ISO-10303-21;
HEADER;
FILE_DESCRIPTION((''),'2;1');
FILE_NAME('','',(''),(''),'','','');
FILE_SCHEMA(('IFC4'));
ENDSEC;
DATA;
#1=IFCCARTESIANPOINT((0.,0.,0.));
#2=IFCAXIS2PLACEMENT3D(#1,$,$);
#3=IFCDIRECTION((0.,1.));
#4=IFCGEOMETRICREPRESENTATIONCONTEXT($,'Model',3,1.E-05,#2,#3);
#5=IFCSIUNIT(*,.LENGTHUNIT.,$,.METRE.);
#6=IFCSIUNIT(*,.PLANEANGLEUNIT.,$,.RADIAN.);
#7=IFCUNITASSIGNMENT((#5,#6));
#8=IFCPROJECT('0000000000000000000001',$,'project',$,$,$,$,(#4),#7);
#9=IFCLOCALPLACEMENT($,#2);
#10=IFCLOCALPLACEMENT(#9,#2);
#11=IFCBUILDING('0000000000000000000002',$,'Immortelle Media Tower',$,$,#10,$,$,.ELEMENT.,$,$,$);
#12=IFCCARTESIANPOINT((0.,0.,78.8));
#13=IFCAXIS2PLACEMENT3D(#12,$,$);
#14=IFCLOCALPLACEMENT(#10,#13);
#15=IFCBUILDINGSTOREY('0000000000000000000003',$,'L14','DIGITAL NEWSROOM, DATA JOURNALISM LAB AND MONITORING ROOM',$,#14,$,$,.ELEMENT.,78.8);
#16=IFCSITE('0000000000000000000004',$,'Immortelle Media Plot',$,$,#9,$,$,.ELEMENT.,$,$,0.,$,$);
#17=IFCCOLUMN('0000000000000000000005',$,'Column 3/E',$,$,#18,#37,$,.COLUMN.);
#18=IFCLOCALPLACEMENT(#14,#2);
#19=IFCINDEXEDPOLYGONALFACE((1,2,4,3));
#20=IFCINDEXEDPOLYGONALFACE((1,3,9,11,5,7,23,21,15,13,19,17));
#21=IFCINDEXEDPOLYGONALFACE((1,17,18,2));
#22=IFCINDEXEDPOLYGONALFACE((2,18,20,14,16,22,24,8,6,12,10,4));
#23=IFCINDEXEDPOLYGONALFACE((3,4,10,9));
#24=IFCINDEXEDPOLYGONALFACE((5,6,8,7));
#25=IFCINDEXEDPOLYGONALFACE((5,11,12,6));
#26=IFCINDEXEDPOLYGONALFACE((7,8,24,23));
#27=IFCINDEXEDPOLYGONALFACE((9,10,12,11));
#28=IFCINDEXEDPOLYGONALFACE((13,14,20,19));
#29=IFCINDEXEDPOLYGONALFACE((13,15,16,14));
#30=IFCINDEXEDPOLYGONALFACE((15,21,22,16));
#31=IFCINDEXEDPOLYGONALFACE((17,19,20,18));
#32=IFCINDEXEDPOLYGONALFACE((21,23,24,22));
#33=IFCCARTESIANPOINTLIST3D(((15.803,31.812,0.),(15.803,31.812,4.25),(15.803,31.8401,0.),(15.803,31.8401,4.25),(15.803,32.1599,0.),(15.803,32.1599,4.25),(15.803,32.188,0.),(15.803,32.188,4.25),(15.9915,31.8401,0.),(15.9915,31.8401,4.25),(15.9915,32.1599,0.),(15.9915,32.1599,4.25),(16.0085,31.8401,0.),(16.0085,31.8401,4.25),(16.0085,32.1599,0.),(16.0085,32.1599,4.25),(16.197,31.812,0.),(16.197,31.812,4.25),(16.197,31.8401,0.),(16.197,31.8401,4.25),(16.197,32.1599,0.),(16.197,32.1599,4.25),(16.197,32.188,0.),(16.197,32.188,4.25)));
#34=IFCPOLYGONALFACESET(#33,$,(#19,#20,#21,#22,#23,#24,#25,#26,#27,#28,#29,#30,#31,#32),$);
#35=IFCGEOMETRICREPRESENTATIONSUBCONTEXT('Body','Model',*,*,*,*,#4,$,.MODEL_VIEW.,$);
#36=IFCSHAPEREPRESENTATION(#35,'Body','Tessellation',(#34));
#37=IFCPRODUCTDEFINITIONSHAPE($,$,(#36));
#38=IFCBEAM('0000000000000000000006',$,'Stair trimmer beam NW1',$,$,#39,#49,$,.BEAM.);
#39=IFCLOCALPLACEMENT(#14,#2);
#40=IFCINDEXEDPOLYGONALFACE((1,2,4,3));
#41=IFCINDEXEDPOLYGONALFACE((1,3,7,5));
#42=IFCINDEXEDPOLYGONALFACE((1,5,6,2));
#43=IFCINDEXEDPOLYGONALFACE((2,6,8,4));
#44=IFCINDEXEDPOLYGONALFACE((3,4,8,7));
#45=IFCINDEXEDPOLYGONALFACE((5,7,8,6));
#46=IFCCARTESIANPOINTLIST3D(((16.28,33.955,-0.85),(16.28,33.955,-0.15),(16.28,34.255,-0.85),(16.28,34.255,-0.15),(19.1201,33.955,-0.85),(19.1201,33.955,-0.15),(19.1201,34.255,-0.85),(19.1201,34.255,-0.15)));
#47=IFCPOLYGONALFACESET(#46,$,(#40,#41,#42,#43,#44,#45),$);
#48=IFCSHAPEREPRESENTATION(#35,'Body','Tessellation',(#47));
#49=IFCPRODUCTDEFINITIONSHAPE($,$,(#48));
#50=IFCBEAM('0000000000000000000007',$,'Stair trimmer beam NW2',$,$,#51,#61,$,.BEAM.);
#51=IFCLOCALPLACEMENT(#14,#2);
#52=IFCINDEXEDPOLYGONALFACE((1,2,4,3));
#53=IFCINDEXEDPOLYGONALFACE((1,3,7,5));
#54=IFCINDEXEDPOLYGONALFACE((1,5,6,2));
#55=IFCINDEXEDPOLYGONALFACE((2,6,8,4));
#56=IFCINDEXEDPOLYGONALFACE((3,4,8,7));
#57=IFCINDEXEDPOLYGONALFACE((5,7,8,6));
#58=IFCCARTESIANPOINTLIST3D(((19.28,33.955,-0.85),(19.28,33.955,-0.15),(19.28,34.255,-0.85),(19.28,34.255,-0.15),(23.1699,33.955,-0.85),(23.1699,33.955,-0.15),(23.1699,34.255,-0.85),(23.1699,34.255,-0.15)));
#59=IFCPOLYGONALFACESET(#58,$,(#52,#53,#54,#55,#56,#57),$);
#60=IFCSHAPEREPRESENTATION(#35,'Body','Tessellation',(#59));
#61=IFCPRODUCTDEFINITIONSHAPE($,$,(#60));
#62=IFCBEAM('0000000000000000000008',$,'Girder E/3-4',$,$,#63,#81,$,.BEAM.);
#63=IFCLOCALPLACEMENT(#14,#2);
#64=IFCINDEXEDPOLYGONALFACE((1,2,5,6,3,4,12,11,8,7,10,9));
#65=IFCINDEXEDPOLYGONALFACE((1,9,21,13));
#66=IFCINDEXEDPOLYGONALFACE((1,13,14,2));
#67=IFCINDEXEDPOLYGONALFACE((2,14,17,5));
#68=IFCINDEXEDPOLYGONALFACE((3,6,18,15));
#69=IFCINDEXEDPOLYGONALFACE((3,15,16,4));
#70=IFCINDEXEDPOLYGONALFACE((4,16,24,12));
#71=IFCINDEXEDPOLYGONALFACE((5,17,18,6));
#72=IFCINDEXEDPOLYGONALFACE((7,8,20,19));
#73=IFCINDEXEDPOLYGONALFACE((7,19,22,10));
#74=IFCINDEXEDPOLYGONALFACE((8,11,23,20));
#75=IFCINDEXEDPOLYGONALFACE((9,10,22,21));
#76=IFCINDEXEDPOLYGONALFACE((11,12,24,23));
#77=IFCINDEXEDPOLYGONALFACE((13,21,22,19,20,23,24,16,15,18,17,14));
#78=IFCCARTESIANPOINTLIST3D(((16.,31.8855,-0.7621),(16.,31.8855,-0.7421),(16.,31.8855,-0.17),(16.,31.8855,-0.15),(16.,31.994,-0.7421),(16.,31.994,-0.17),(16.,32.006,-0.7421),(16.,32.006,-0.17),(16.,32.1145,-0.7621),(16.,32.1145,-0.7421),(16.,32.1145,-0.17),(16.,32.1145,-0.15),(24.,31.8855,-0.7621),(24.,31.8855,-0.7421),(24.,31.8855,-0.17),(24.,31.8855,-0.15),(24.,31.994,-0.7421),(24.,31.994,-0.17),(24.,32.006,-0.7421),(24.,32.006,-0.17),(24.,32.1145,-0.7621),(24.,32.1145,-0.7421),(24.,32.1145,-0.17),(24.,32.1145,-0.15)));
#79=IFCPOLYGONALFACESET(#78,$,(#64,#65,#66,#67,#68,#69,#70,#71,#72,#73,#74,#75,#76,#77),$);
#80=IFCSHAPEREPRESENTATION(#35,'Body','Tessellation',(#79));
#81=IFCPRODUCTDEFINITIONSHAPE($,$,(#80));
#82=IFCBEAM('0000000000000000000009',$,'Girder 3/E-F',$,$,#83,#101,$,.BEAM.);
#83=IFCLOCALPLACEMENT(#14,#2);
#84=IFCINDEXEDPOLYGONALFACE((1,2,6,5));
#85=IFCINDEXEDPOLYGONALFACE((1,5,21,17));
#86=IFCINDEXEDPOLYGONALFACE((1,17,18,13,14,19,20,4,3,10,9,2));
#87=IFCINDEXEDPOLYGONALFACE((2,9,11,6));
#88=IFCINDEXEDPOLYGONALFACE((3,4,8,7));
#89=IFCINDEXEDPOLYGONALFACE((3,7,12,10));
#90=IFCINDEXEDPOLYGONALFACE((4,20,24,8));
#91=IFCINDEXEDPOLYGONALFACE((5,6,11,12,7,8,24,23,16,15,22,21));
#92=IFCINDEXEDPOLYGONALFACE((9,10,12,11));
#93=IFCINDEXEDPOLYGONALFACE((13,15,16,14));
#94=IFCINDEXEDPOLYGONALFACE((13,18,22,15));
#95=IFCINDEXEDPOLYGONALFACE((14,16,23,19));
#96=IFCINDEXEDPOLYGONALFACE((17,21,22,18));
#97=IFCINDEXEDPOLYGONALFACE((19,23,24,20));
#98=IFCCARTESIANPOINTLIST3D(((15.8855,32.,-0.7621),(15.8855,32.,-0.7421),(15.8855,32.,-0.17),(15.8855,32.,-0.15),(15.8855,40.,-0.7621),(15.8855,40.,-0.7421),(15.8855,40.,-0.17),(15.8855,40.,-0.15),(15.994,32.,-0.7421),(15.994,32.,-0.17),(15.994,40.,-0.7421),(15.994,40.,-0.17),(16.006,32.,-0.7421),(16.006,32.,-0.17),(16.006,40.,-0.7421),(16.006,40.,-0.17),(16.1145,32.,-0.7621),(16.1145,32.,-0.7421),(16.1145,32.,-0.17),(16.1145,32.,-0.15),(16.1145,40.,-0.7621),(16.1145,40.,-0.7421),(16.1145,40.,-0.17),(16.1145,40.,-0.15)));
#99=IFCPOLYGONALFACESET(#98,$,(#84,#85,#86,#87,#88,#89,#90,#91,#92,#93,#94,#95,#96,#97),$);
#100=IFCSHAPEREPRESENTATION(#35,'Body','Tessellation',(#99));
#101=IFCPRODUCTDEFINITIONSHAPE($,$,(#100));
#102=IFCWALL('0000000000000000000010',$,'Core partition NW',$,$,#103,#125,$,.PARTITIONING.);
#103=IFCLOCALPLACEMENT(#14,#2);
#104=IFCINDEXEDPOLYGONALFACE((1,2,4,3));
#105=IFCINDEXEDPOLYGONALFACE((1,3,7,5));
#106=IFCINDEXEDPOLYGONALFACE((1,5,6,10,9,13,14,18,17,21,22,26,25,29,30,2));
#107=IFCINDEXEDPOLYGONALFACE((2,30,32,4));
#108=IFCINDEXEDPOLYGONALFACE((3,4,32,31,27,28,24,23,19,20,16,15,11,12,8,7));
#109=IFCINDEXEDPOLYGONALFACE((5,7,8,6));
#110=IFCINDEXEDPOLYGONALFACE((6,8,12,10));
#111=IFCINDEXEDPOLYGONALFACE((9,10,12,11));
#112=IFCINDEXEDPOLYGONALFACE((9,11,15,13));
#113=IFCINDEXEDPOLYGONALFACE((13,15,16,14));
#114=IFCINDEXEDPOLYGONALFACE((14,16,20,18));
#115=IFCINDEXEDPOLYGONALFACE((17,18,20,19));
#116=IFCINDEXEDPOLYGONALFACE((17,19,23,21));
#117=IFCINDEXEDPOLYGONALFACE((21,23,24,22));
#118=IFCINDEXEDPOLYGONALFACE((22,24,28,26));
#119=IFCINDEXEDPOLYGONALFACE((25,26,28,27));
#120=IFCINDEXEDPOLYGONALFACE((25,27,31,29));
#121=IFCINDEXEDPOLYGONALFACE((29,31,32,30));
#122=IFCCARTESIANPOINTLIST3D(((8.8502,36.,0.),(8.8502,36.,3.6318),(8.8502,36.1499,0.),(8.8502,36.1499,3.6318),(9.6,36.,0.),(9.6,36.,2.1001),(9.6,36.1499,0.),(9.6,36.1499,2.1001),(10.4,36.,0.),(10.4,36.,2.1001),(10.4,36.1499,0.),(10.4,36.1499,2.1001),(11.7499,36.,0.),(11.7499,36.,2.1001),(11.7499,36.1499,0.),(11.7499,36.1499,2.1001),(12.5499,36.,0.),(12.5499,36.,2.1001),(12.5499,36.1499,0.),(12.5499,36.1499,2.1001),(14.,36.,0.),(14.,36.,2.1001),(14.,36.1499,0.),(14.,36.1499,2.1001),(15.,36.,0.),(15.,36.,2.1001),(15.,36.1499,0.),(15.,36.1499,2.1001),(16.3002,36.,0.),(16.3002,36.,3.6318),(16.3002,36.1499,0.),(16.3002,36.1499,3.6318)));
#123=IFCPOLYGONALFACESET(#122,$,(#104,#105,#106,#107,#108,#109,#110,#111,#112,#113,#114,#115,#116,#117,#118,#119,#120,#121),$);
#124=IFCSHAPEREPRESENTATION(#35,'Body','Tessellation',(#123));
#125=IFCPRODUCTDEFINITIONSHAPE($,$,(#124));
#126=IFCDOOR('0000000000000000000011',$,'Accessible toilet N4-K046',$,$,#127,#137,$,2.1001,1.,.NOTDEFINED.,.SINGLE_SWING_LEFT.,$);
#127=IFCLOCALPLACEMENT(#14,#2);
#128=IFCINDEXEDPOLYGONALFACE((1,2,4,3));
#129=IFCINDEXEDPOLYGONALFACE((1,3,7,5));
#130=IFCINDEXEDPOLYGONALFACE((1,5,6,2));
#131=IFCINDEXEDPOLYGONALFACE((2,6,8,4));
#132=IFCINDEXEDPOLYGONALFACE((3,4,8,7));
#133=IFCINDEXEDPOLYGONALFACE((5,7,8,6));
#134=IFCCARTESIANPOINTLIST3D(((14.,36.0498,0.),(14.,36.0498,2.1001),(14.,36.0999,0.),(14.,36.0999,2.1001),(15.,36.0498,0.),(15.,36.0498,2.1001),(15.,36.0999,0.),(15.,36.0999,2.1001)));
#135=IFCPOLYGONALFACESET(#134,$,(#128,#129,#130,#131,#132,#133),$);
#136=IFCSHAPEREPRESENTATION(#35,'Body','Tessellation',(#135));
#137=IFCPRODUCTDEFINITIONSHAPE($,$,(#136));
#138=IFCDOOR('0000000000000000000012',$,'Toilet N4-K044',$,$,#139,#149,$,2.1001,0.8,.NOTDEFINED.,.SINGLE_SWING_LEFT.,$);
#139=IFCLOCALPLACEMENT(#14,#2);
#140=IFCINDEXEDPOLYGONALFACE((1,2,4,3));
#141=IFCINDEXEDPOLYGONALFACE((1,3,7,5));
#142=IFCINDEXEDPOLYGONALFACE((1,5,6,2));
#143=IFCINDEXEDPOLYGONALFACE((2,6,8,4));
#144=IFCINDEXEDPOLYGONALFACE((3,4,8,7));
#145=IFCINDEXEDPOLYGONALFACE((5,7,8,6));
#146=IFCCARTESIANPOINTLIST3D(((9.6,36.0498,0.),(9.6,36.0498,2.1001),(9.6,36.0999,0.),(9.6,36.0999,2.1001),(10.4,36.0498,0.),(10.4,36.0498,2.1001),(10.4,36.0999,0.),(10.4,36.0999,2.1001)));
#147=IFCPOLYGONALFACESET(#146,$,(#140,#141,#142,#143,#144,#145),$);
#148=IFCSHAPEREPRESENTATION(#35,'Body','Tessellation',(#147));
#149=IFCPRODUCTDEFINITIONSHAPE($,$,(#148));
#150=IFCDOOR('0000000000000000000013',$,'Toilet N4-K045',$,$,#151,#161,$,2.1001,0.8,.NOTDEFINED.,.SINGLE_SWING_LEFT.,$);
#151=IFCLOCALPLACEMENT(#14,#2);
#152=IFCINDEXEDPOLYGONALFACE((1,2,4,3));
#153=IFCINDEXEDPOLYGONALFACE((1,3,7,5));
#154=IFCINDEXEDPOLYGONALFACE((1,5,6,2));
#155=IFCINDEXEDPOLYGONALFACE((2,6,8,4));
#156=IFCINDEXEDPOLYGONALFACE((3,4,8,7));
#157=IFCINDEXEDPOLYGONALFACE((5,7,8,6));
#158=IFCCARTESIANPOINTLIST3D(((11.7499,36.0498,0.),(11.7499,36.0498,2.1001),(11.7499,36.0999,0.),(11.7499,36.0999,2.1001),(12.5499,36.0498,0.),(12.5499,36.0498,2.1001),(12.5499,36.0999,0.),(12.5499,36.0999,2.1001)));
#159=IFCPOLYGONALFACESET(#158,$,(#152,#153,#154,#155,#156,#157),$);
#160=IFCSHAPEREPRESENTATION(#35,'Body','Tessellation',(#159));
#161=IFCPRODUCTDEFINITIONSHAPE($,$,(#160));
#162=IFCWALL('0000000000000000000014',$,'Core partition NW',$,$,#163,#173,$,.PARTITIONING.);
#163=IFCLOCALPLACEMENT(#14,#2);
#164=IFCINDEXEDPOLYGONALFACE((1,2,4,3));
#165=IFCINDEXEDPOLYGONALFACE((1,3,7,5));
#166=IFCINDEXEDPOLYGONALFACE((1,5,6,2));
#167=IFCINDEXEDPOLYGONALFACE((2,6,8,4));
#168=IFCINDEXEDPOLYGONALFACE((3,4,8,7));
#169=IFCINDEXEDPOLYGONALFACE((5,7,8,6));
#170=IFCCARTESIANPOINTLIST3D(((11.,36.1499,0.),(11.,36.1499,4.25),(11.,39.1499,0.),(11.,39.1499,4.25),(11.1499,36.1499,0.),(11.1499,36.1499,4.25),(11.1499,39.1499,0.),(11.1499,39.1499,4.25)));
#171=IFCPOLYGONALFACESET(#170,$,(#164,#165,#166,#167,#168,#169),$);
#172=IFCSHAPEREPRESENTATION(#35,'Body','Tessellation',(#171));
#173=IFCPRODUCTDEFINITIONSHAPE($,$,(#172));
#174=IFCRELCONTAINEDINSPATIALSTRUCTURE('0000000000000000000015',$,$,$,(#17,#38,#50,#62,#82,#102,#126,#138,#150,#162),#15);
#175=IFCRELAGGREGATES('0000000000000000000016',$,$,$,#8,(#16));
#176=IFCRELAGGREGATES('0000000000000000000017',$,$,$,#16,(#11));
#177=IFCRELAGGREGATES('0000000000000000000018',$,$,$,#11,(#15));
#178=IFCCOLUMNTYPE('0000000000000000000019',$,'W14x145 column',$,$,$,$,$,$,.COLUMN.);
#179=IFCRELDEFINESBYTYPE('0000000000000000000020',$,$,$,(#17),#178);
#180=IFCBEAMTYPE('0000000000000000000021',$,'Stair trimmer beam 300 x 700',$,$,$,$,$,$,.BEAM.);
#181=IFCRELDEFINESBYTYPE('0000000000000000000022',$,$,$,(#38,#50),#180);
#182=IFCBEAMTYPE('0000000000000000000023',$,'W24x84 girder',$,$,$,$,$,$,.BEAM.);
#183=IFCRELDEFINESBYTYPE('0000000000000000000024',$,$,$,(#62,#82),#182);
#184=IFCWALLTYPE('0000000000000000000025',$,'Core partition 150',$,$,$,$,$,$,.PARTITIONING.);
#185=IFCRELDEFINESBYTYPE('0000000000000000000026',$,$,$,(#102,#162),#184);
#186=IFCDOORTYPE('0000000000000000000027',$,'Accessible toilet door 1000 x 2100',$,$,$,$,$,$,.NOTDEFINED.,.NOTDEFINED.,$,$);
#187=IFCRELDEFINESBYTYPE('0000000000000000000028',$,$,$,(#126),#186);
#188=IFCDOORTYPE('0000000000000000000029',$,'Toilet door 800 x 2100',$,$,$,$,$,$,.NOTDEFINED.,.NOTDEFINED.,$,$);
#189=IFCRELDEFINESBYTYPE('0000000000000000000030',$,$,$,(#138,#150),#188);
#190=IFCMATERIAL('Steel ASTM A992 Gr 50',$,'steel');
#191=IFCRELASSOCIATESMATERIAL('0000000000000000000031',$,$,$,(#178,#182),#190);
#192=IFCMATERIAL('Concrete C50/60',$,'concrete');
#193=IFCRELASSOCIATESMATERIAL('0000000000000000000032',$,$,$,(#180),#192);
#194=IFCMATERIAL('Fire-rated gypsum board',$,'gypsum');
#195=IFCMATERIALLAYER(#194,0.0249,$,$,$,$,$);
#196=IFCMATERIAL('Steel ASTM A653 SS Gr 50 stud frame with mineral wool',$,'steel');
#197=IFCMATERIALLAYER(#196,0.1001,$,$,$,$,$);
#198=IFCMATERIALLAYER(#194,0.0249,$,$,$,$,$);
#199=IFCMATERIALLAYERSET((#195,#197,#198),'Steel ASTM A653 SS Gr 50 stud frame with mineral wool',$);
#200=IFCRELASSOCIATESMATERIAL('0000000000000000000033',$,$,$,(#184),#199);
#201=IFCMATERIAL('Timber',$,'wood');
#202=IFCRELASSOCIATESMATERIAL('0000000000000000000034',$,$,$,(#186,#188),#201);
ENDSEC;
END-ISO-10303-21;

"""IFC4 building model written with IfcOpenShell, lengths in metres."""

from ifc_helpers import new_model, si_unit, direction, frame, frame_2d, origin, origin_2d, place, context, subcontext, project, spatial, rectangle, i_section, extrude, material, layer, layer_set, material_profile, profile_set, type_object, element, fill, save


model = new_model("IFC4")

# Units and contexts
model_context = context("Model", 3, precision=1e-05, world=origin(), true_north=direction((0.0, 1.0)))
body_context = subcontext(model_context, "Body", "Model", "MODEL_VIEW")
ifc_project = project(units=[si_unit("LENGTHUNIT", "METRE"), si_unit("PLANEANGLEUNIT", "RADIAN")], contexts=[model_context])

# Site, building, storey
site_placement = place(None, origin())
site = spatial("IfcSite", under=ifc_project, at=site_placement, Name="Immortelle Media Plot", CompositionType="ELEMENT", RefElevation=0.0)
building_placement = place(site_placement, origin())
building = spatial("IfcBuilding", under=site, at=building_placement, Name="Immortelle Media Tower", CompositionType="ELEMENT")
storey_placement = place(building_placement, frame((0.0, 0.0, 78.8)))
storey = spatial("IfcBuildingStorey", under=building, at=storey_placement, Name="L14", Description="DIGITAL NEWSROOM, DATA JOURNALISM LAB AND MONITORING ROOM", CompositionType="ELEMENT", Elevation=78.8)

# Column
ifc_material_1 = material(Name="Steel ASTM A992 Gr 50", Category="steel")
ifc_material_profile_1 = material_profile(ifc_material_1, i_section(OverallWidth=0.394, OverallDepth=0.376, WebThickness=0.0171, FlangeThickness=0.0281, at=origin_2d()), Name="W14x145")
ifc_profile_set_1 = profile_set([ifc_material_profile_1], Name="Steel ASTM A992 Gr 50")
column_type = type_object("IfcColumnType", Name="W14x145 column", PredefinedType="COLUMN", material=ifc_profile_set_1)
column_placement = place(storey_placement, frame((16.0, 32.0, 0.0), z_axis=(0.0, 0.0, 1.0), x_axis=(1.0, 0.0, 0.0)))
element("IfcColumn", 1, at=column_placement, inside=storey, type_object=column_type, Name="Column 3/E", PredefinedType="COLUMN", context=body_context, shape_type="SweptSolid", body=[
    extrude(i_section(OverallWidth=0.394, OverallDepth=0.376, WebThickness=0.0171, FlangeThickness=0.0281, at=origin_2d()), origin(), (0.0, 0.0, 1.0), 4.25),
])

# Beams
ifc_material_2 = material(Name="Concrete C50/60", Category="concrete")
ifc_material_profile_2 = material_profile(ifc_material_2, rectangle(XDim=0.3, YDim=0.7, at=origin_2d()), Name="RC 300x700")
ifc_profile_set_2 = profile_set([ifc_material_profile_2], Name="Concrete C50/60")
beam_type_1 = type_object("IfcBeamType", Name="Stair trimmer beam 300 x 700", PredefinedType="BEAM", material=ifc_profile_set_2)
beam_1_placement = place(storey_placement, frame((16.28, 34.105, -0.5), z_axis=(1.0, 0.0, 0.0), x_axis=(0.0, 1.0, 0.0)))
element("IfcBeam", 2, at=beam_1_placement, inside=storey, type_object=beam_type_1, Name="Stair trimmer beam NW1", PredefinedType="BEAM", context=body_context, shape_type="SweptSolid", body=[
    extrude(rectangle(XDim=0.3, YDim=0.7, at=origin_2d()), origin(), (0.0, 0.0, 1.0), 2.8401),
])
beam_2_placement = place(storey_placement, frame((19.28, 34.105, -0.5), z_axis=(1.0, 0.0, 0.0), x_axis=(0.0, 1.0, 0.0)))
element("IfcBeam", 3, at=beam_2_placement, inside=storey, type_object=beam_type_1, Name="Stair trimmer beam NW2", PredefinedType="BEAM", context=body_context, shape_type="SweptSolid", body=[
    extrude(rectangle(XDim=0.3, YDim=0.7, at=origin_2d()), origin(), (0.0, 0.0, 1.0), 3.8899),
])
ifc_material_profile_3 = material_profile(ifc_material_1, i_section(OverallWidth=0.229, OverallDepth=0.6121, WebThickness=0.012, FlangeThickness=0.02, at=origin_2d()), Name="W24x84")
ifc_profile_set_3 = profile_set([ifc_material_profile_3], Name="Steel ASTM A992 Gr 50")
beam_type_2 = type_object("IfcBeamType", Name="W24x84 girder", PredefinedType="BEAM", material=ifc_profile_set_3)
for number, where, z_axis, x_axis, name in (
    (4, (16.0, 32.0, -0.4561), (1.0, 0.0, 0.0), (0.0, 1.0, 0.0), "Girder E/3-4"),
    (5, (16.0, 32.0, -0.4561), (0.0, 1.0, 0.0), (-1.0, 0.0, 0.0), "Girder 3/E-F"),
):
    element("IfcBeam", number, at=place(storey_placement, frame(where, z_axis=z_axis, x_axis=x_axis)), inside=storey, type_object=beam_type_2, Name=name, PredefinedType="BEAM", context=body_context, shape_type="SweptSolid", body=[
        extrude(i_section(OverallWidth=0.229, OverallDepth=0.6121, WebThickness=0.012, FlangeThickness=0.02, at=origin_2d()), origin(), (0.0, 0.0, 1.0), 8.0),
    ])

# Wall, openings, doors
ifc_material_3 = material(Name="Fire-rated gypsum board", Category="gypsum")
ifc_layer_1 = layer(ifc_material_3, 0.0249)
ifc_material_4 = material(Name="Steel ASTM A653 SS Gr 50 stud frame with mineral wool", Category="steel")
ifc_layer_2 = layer(ifc_material_4, 0.1001)
ifc_layer_3 = layer(ifc_material_3, 0.0249)
ifc_layer_set_1 = layer_set([ifc_layer_1, ifc_layer_2, ifc_layer_3], Name="Steel ASTM A653 SS Gr 50 stud frame with mineral wool")
wall_type_1 = type_object("IfcWallType", Name="Core partition 150", PredefinedType="PARTITIONING", material=ifc_layer_set_1)
wall_1_placement = place(storey_placement, frame((8.8501, 36.075, 0.0), z_axis=(0.0, 0.0, 1.0), x_axis=(1.0, 0.0, 0.0)))
wall_1 = element("IfcWall", 6, at=wall_1_placement, inside=storey, type_object=wall_type_1, Name="Core partition NW", PredefinedType="PARTITIONING", context=body_context, shape_type="SweptSolid", body=[
    extrude(rectangle(XDim=7.45, YDim=0.1499, at=frame_2d((3.7251, 0.0))), origin(), (0.0, 0.0, 1.0), 3.6318),
])
opening_1_placement = place(wall_1_placement, frame((0.75, 0.0, 0.0)))
opening_1 = element("IfcOpeningElement", 7, at=opening_1_placement, cuts=wall_1, PredefinedType="OPENING", context=body_context, shape_type="SweptSolid", body=[
    extrude(rectangle(XDim=0.8, YDim=2.1001, at=frame_2d((0.3999, 1.05))), frame((0.0, 0.085, 0.0), z_axis=(0.0, -1.0, 0.0), x_axis=(1.0, 0.0, 0.0)), (0.0, 0.0, 1.0), 0.1699),
])
opening_2_placement = place(wall_1_placement, frame((2.8999, 0.0, 0.0)))
opening_2 = element("IfcOpeningElement", 8, at=opening_2_placement, cuts=wall_1, PredefinedType="OPENING", context=body_context, shape_type="SweptSolid", body=[
    extrude(rectangle(XDim=0.8, YDim=2.1001, at=frame_2d((0.3999, 1.05))), frame((0.0, 0.085, 0.0), z_axis=(0.0, -1.0, 0.0), x_axis=(1.0, 0.0, 0.0)), (0.0, 0.0, 1.0), 0.1699),
])
opening_3_placement = place(wall_1_placement, frame((5.1499, 0.0, 0.0)))
opening_3 = element("IfcOpeningElement", 9, at=opening_3_placement, cuts=wall_1, PredefinedType="OPENING", context=body_context, shape_type="SweptSolid", body=[
    extrude(rectangle(XDim=1.0, YDim=2.1001, at=frame_2d((0.5, 1.05))), frame((0.0, 0.085, 0.0), z_axis=(0.0, -1.0, 0.0), x_axis=(1.0, 0.0, 0.0)), (0.0, 0.0, 1.0), 0.1699),
])
ifc_material_5 = material(Name="Timber", Category="wood")
door_type_1 = type_object("IfcDoorType", Name="Accessible toilet door 1000 x 2100", OperationType="NOTDEFINED", PredefinedType="NOTDEFINED", material=ifc_material_5)
door_1_placement = place(opening_3_placement, origin())
door_1 = element("IfcDoor", 10, at=door_1_placement, inside=storey, type_object=door_type_1, Name="Accessible toilet N4-K046", OperationType="SINGLE_SWING_LEFT", OverallHeight=2.1001, OverallWidth=1.0, PredefinedType="NOTDEFINED", context=body_context, shape_type="SweptSolid", body=[
    extrude(rectangle(XDim=1.0, YDim=2.1001, at=frame_2d((0.5, 1.05))), frame((0.0, 0.0249, 0.0), z_axis=(0.0, -1.0, 0.0), x_axis=(1.0, 0.0, 0.0)), (0.0, 0.0, 1.0), 0.05),
])
fill(opening_3, door_1)
door_type_2 = type_object("IfcDoorType", Name="Toilet door 800 x 2100", OperationType="NOTDEFINED", PredefinedType="NOTDEFINED", material=ifc_material_5)
door_2_placement = place(opening_1_placement, origin())
door_2 = element("IfcDoor", 11, at=door_2_placement, inside=storey, type_object=door_type_2, Name="Toilet N4-K044", OperationType="SINGLE_SWING_LEFT", OverallHeight=2.1001, OverallWidth=0.8, PredefinedType="NOTDEFINED", context=body_context, shape_type="SweptSolid", body=[
    extrude(rectangle(XDim=0.8, YDim=2.1001, at=frame_2d((0.3999, 1.05))), frame((0.0, 0.0249, 0.0), z_axis=(0.0, -1.0, 0.0), x_axis=(1.0, 0.0, 0.0)), (0.0, 0.0, 1.0), 0.05),
])
fill(opening_1, door_2)
door_3_placement = place(opening_2_placement, origin())
door_3 = element("IfcDoor", 12, at=door_3_placement, inside=storey, type_object=door_type_2, Name="Toilet N4-K045", OperationType="SINGLE_SWING_LEFT", OverallHeight=2.1001, OverallWidth=0.8, PredefinedType="NOTDEFINED", context=body_context, shape_type="SweptSolid", body=[
    extrude(rectangle(XDim=0.8, YDim=2.1001, at=frame_2d((0.3999, 1.05))), frame((0.0, 0.0249, 0.0), z_axis=(0.0, -1.0, 0.0), x_axis=(1.0, 0.0, 0.0)), (0.0, 0.0, 1.0), 0.05),
])
fill(opening_2, door_3)

# Wall
for number, where, z_axis, x_axis, name in (
    (13, (11.075, 36.1499, 0.0), (0.0, 0.0, 1.0), (0.0, 1.0, 0.0), "Core partition NW"),
):
    element("IfcWall", number, at=place(storey_placement, frame(where, z_axis=z_axis, x_axis=x_axis)), inside=storey, type_object=wall_type_1, Name=name, PredefinedType="PARTITIONING", context=body_context, shape_type="SweptSolid", body=[
        extrude(rectangle(XDim=3.0, YDim=0.1499, at=frame_2d((1.5, 0.0))), origin(), (0.0, 0.0, 1.0), 4.25),
    ])

save(model, "model.ifc")
